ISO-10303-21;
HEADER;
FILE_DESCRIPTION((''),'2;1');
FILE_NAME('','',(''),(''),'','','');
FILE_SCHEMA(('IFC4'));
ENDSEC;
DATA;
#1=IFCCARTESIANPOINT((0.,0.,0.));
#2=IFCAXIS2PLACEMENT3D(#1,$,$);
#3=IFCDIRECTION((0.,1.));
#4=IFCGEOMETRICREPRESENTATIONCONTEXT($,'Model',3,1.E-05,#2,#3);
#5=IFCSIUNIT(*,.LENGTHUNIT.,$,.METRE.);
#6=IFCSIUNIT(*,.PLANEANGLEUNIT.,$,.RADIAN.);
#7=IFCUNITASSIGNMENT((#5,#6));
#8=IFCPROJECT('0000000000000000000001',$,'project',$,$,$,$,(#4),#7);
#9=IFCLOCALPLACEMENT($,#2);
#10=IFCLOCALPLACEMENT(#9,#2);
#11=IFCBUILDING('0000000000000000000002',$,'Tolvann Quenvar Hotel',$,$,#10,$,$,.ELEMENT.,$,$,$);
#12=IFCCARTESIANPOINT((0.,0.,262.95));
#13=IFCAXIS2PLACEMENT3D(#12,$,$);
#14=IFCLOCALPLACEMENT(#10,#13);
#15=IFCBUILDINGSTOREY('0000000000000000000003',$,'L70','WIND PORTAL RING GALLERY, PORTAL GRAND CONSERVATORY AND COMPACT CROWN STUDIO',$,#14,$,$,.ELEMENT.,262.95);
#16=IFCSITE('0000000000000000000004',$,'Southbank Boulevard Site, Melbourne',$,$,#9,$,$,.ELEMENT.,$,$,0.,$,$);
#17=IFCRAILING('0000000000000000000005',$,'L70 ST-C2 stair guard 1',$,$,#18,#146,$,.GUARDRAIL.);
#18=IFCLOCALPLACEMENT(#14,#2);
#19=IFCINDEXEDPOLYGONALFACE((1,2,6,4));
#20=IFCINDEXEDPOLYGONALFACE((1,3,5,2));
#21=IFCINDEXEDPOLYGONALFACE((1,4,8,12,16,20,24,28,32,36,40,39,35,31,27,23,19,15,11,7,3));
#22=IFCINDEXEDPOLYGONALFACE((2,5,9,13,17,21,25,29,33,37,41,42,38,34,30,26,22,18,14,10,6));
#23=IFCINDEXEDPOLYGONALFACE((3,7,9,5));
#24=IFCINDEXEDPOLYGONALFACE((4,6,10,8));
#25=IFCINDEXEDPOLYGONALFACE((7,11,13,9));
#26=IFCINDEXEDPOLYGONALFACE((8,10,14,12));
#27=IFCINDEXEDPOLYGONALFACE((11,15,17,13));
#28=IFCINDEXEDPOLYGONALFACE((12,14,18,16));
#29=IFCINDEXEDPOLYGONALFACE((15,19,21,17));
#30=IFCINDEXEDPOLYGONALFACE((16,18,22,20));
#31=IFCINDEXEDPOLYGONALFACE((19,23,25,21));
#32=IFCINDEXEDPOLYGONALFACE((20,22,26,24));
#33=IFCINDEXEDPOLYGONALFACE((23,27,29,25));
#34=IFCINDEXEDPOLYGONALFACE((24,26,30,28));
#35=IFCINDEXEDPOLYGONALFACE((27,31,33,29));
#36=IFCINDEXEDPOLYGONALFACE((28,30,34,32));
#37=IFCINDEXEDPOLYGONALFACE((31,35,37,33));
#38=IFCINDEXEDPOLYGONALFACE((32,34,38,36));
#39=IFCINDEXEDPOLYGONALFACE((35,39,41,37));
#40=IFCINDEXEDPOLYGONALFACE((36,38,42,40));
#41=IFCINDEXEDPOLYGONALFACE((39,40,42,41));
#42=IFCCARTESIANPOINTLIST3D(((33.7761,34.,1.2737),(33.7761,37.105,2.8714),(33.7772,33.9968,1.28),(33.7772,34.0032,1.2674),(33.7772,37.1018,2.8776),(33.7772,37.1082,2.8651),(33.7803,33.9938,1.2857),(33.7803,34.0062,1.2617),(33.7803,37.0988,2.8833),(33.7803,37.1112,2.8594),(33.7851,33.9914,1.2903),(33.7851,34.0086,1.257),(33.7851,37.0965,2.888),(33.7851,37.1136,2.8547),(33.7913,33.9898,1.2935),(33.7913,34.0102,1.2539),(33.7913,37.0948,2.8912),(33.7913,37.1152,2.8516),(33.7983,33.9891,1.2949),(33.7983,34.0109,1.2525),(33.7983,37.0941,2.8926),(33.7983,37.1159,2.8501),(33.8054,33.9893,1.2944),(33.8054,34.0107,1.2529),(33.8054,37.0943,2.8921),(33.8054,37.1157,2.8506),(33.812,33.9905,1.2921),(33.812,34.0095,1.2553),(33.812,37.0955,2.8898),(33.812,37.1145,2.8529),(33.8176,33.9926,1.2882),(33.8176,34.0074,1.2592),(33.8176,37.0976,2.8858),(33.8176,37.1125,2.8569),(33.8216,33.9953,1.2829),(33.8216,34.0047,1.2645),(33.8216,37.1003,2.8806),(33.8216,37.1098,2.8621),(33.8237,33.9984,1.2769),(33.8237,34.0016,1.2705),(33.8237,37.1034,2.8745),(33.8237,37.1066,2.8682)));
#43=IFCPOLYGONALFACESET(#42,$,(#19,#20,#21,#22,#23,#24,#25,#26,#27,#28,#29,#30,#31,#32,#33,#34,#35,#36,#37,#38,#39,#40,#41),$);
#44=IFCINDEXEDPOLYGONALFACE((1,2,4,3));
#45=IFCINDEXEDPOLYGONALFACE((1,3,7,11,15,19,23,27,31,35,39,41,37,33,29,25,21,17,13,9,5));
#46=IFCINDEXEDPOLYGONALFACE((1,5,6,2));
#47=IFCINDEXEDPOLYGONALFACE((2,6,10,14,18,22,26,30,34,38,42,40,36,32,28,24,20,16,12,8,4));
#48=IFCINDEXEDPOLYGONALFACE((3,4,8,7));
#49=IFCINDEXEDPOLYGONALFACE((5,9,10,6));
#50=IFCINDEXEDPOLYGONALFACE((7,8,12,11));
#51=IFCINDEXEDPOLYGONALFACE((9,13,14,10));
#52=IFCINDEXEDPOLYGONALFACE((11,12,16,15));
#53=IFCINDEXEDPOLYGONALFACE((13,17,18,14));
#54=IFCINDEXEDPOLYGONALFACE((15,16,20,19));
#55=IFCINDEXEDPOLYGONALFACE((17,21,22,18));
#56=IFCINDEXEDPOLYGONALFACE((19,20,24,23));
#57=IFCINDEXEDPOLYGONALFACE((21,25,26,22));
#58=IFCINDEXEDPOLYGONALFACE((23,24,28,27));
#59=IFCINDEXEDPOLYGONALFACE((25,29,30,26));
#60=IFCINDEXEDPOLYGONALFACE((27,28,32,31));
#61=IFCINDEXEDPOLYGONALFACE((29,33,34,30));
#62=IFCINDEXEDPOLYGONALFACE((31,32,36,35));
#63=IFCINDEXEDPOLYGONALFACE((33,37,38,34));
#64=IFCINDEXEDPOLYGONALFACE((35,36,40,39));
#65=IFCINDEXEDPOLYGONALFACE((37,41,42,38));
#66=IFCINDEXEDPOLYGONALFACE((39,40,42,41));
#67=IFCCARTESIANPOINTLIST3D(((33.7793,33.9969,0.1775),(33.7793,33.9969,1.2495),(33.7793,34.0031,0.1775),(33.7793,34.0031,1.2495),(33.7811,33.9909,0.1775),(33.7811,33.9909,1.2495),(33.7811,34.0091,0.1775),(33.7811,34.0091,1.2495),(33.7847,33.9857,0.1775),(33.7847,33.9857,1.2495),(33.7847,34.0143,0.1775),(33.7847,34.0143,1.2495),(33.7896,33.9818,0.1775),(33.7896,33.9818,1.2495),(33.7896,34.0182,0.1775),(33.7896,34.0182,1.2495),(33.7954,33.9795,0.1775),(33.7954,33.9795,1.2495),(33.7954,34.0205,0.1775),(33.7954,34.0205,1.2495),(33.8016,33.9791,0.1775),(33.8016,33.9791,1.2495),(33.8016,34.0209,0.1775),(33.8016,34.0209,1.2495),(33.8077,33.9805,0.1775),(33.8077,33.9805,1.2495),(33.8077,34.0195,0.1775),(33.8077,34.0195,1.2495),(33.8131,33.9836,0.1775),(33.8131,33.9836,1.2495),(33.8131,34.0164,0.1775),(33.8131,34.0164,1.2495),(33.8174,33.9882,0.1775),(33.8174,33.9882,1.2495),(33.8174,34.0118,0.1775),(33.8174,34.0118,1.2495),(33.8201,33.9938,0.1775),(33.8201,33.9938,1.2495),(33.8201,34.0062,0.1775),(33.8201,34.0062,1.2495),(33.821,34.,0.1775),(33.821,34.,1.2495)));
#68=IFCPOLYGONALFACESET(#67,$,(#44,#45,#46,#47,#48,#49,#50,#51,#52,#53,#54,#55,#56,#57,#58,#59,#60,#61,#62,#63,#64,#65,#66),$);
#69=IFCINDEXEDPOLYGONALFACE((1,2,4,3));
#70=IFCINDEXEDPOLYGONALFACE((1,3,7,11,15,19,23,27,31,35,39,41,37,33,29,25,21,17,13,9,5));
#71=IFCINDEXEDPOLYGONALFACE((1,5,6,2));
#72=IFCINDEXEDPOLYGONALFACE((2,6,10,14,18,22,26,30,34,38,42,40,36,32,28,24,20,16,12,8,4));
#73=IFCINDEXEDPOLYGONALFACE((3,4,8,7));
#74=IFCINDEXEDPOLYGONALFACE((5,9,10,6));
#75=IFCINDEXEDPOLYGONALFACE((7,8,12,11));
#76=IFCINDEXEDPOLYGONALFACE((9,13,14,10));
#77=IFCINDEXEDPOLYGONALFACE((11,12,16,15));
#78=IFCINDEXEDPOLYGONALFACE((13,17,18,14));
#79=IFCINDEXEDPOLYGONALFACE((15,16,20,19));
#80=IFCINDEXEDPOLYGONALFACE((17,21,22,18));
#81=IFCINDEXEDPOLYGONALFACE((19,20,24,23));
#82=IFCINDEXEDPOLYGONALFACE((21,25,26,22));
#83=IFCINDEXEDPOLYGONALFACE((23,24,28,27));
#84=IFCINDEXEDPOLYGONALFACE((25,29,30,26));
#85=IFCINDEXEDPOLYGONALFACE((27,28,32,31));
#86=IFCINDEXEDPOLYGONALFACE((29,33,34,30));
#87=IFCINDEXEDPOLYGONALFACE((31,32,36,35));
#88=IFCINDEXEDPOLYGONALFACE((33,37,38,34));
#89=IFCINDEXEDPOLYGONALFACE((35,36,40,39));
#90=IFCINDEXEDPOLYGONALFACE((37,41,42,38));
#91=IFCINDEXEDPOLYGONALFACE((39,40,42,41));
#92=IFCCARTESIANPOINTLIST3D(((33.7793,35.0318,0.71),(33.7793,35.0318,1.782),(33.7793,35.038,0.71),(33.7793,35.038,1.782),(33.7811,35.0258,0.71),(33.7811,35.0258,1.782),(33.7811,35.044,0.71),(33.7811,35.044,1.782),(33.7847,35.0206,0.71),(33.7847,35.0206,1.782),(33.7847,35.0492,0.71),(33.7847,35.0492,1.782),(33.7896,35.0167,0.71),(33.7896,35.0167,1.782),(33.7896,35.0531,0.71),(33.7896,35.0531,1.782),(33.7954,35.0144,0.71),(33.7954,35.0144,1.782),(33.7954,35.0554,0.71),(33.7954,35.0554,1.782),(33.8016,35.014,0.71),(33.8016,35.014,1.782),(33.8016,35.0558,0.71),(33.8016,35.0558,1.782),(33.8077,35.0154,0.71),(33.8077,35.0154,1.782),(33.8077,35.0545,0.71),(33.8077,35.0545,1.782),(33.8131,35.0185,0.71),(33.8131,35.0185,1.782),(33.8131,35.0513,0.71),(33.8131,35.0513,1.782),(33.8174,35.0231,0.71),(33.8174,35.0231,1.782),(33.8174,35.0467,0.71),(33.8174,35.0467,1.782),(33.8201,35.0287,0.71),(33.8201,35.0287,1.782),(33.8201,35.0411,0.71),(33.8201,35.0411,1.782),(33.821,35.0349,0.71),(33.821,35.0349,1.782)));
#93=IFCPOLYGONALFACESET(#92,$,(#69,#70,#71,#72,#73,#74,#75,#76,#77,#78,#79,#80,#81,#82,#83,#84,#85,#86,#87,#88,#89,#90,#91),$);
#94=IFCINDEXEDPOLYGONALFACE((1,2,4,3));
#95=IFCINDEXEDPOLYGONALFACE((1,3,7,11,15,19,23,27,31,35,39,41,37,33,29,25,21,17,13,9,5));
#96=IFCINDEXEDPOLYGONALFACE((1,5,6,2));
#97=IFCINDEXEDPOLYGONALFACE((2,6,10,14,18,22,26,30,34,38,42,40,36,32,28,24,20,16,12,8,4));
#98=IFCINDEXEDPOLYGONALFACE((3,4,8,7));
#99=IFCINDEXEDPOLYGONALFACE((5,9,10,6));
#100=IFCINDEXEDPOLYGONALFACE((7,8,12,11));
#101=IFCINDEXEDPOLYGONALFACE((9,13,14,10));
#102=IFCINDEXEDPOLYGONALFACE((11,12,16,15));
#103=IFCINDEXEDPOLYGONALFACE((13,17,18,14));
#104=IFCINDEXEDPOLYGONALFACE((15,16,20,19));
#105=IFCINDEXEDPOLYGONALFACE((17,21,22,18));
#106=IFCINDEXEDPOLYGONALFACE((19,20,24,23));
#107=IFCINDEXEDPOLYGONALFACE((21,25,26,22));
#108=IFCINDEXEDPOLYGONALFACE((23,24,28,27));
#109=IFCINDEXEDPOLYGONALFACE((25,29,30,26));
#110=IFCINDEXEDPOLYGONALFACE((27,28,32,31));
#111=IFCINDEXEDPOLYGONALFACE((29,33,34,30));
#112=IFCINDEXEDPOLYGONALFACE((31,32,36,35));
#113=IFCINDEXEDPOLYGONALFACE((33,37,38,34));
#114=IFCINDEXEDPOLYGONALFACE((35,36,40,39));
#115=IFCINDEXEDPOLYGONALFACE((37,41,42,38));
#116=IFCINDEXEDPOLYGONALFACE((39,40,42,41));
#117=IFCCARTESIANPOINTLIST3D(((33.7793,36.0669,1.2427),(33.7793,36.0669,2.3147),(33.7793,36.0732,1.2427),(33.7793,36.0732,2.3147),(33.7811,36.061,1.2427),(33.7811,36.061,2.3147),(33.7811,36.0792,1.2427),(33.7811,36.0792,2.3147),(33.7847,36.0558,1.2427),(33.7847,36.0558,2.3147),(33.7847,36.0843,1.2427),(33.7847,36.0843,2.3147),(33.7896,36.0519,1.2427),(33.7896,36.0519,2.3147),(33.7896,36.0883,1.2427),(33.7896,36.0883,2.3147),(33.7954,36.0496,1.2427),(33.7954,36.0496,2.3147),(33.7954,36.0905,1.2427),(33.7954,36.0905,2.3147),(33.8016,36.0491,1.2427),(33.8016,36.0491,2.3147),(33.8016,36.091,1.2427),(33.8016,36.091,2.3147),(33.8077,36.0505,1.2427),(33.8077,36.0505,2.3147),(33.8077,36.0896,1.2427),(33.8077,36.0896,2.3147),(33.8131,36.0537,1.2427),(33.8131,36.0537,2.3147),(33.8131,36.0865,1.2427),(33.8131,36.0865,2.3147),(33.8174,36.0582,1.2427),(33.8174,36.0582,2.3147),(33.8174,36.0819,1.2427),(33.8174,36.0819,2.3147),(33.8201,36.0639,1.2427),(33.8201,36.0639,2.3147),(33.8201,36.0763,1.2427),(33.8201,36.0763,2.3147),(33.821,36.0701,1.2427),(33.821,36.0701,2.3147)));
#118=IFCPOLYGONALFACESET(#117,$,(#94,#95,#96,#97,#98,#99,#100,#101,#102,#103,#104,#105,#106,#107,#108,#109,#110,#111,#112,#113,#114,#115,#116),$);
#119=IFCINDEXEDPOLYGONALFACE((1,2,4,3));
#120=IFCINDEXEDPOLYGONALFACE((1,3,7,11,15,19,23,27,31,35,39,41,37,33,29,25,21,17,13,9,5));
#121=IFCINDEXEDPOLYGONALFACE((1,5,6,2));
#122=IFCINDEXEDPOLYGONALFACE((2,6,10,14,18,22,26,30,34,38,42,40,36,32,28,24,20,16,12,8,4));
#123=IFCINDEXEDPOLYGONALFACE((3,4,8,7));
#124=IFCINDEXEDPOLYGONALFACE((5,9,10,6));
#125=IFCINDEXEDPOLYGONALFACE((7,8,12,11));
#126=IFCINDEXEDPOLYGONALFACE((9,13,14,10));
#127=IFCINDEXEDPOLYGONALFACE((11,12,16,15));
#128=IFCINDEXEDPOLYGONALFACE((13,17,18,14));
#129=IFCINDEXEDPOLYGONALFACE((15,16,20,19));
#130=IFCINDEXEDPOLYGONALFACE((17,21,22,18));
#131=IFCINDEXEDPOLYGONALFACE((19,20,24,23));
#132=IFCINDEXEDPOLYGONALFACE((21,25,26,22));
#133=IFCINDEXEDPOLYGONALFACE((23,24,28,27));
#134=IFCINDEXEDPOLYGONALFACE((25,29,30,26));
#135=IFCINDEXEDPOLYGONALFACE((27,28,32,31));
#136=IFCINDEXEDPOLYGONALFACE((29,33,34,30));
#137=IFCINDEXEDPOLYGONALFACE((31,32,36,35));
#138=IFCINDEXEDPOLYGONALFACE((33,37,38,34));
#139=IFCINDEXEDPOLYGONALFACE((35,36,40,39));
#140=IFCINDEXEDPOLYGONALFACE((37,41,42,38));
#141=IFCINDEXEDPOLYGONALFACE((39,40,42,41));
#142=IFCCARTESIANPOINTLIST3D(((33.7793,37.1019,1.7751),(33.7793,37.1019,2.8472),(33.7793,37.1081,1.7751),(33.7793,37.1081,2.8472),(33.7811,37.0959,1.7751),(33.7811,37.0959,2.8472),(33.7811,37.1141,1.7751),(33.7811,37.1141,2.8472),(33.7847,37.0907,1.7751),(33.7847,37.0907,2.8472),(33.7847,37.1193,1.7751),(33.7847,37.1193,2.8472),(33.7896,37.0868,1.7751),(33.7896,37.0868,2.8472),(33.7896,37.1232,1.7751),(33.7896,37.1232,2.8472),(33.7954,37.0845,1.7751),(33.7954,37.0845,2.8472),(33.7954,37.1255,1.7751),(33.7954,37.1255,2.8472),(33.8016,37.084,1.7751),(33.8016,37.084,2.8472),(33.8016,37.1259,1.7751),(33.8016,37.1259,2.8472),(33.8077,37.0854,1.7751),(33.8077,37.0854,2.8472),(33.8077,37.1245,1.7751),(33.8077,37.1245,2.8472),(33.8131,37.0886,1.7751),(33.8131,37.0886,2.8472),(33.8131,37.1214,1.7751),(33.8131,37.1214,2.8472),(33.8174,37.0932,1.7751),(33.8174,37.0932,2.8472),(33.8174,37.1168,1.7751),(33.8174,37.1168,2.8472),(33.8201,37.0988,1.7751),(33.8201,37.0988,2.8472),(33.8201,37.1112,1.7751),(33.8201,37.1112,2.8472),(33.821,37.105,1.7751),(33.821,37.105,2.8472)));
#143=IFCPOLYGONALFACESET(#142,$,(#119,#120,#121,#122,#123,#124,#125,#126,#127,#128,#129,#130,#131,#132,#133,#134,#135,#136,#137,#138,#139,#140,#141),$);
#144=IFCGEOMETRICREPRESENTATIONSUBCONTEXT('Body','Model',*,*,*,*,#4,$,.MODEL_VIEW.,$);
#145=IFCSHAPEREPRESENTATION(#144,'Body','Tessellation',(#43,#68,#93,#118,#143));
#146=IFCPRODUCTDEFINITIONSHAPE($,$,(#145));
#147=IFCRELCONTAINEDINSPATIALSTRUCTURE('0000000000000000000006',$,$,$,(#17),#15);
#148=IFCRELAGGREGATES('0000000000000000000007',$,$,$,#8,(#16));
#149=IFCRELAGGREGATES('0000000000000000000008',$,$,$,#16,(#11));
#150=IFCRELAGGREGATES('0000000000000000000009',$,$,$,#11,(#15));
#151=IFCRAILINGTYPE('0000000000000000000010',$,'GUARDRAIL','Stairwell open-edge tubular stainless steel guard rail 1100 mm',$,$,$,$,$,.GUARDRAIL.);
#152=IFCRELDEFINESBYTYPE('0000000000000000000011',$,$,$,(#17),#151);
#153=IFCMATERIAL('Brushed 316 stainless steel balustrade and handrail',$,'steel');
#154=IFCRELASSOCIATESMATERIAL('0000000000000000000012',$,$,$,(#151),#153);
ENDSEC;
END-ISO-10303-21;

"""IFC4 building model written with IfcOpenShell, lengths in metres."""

from ifc_helpers import new_model, si_unit, direction, frame, origin, origin_2d, place, context, subcontext, project, spatial, circle, extrude, material, type_object, element, save


model = new_model("IFC4")

# Units and contexts
model_context = context("Model", 3, precision=1e-05, world=origin(), true_north=direction((0.0, 1.0)))
body_context = subcontext(model_context, "Body", "Model", "MODEL_VIEW")
ifc_project = project(units=[si_unit("LENGTHUNIT", "METRE"), si_unit("PLANEANGLEUNIT", "RADIAN")], contexts=[model_context])

# Site, building, storey
site_placement = place(None, origin())
site = spatial("IfcSite", under=ifc_project, at=site_placement, Name="Southbank Boulevard Site, Melbourne", CompositionType="ELEMENT", RefElevation=0.0)
building_placement = place(site_placement, origin())
building = spatial("IfcBuilding", under=site, at=building_placement, Name="Tolvann Quenvar Hotel", CompositionType="ELEMENT")
storey_placement = place(building_placement, frame((0.0, 0.0, 262.95)))
storey = spatial("IfcBuildingStorey", under=building, at=storey_placement, Name="L70", Description="WIND PORTAL RING GALLERY, PORTAL GRAND CONSERVATORY AND COMPACT CROWN STUDIO", CompositionType="ELEMENT", Elevation=262.95)

# Railing
ifc_material_1 = material(Name="Brushed 316 stainless steel balustrade and handrail", Category="steel")
railing_type_1 = type_object("IfcRailingType", Name="GUARDRAIL", Description="Stairwell open-edge tubular stainless steel guard rail 1100 mm", PredefinedType="GUARDRAIL", material=ifc_material_1)
railing_1_placement = place(storey_placement, frame((33.8, 34.0, 0.1775)))
element("IfcRailing", 1, at=railing_1_placement, inside=storey, type_object=railing_type_1, Name="L70 ST-C2 stair guard 1", PredefinedType="GUARDRAIL", context=body_context, shape_type="SweptSolid", body=[
    extrude(circle(Radius=0.0239, at=origin_2d()), frame((0.0, 0.0, 1.0962), z_axis=(0.0, 0.889194, 0.457531), x_axis=(-1.0, 0.0, 0.0)), (0.0, 0.0, 1.0), 3.4919),
    extrude(circle(Radius=0.021, at=origin_2d()), origin(), (0.0, 0.0, 1.0), 1.072),
    extrude(circle(Radius=0.021, at=origin_2d()), frame((0.0, 1.0349, 0.5325)), (0.0, 0.0, 1.0), 1.072),
    extrude(circle(Radius=0.021, at=origin_2d()), frame((0.0, 2.0701, 1.0652)), (0.0, 0.0, 1.0), 1.072),
    extrude(circle(Radius=0.021, at=origin_2d()), frame((0.0, 3.105, 1.5977)), (0.0, 0.0, 1.0), 1.072),
])

save(model, "model.ifc")
